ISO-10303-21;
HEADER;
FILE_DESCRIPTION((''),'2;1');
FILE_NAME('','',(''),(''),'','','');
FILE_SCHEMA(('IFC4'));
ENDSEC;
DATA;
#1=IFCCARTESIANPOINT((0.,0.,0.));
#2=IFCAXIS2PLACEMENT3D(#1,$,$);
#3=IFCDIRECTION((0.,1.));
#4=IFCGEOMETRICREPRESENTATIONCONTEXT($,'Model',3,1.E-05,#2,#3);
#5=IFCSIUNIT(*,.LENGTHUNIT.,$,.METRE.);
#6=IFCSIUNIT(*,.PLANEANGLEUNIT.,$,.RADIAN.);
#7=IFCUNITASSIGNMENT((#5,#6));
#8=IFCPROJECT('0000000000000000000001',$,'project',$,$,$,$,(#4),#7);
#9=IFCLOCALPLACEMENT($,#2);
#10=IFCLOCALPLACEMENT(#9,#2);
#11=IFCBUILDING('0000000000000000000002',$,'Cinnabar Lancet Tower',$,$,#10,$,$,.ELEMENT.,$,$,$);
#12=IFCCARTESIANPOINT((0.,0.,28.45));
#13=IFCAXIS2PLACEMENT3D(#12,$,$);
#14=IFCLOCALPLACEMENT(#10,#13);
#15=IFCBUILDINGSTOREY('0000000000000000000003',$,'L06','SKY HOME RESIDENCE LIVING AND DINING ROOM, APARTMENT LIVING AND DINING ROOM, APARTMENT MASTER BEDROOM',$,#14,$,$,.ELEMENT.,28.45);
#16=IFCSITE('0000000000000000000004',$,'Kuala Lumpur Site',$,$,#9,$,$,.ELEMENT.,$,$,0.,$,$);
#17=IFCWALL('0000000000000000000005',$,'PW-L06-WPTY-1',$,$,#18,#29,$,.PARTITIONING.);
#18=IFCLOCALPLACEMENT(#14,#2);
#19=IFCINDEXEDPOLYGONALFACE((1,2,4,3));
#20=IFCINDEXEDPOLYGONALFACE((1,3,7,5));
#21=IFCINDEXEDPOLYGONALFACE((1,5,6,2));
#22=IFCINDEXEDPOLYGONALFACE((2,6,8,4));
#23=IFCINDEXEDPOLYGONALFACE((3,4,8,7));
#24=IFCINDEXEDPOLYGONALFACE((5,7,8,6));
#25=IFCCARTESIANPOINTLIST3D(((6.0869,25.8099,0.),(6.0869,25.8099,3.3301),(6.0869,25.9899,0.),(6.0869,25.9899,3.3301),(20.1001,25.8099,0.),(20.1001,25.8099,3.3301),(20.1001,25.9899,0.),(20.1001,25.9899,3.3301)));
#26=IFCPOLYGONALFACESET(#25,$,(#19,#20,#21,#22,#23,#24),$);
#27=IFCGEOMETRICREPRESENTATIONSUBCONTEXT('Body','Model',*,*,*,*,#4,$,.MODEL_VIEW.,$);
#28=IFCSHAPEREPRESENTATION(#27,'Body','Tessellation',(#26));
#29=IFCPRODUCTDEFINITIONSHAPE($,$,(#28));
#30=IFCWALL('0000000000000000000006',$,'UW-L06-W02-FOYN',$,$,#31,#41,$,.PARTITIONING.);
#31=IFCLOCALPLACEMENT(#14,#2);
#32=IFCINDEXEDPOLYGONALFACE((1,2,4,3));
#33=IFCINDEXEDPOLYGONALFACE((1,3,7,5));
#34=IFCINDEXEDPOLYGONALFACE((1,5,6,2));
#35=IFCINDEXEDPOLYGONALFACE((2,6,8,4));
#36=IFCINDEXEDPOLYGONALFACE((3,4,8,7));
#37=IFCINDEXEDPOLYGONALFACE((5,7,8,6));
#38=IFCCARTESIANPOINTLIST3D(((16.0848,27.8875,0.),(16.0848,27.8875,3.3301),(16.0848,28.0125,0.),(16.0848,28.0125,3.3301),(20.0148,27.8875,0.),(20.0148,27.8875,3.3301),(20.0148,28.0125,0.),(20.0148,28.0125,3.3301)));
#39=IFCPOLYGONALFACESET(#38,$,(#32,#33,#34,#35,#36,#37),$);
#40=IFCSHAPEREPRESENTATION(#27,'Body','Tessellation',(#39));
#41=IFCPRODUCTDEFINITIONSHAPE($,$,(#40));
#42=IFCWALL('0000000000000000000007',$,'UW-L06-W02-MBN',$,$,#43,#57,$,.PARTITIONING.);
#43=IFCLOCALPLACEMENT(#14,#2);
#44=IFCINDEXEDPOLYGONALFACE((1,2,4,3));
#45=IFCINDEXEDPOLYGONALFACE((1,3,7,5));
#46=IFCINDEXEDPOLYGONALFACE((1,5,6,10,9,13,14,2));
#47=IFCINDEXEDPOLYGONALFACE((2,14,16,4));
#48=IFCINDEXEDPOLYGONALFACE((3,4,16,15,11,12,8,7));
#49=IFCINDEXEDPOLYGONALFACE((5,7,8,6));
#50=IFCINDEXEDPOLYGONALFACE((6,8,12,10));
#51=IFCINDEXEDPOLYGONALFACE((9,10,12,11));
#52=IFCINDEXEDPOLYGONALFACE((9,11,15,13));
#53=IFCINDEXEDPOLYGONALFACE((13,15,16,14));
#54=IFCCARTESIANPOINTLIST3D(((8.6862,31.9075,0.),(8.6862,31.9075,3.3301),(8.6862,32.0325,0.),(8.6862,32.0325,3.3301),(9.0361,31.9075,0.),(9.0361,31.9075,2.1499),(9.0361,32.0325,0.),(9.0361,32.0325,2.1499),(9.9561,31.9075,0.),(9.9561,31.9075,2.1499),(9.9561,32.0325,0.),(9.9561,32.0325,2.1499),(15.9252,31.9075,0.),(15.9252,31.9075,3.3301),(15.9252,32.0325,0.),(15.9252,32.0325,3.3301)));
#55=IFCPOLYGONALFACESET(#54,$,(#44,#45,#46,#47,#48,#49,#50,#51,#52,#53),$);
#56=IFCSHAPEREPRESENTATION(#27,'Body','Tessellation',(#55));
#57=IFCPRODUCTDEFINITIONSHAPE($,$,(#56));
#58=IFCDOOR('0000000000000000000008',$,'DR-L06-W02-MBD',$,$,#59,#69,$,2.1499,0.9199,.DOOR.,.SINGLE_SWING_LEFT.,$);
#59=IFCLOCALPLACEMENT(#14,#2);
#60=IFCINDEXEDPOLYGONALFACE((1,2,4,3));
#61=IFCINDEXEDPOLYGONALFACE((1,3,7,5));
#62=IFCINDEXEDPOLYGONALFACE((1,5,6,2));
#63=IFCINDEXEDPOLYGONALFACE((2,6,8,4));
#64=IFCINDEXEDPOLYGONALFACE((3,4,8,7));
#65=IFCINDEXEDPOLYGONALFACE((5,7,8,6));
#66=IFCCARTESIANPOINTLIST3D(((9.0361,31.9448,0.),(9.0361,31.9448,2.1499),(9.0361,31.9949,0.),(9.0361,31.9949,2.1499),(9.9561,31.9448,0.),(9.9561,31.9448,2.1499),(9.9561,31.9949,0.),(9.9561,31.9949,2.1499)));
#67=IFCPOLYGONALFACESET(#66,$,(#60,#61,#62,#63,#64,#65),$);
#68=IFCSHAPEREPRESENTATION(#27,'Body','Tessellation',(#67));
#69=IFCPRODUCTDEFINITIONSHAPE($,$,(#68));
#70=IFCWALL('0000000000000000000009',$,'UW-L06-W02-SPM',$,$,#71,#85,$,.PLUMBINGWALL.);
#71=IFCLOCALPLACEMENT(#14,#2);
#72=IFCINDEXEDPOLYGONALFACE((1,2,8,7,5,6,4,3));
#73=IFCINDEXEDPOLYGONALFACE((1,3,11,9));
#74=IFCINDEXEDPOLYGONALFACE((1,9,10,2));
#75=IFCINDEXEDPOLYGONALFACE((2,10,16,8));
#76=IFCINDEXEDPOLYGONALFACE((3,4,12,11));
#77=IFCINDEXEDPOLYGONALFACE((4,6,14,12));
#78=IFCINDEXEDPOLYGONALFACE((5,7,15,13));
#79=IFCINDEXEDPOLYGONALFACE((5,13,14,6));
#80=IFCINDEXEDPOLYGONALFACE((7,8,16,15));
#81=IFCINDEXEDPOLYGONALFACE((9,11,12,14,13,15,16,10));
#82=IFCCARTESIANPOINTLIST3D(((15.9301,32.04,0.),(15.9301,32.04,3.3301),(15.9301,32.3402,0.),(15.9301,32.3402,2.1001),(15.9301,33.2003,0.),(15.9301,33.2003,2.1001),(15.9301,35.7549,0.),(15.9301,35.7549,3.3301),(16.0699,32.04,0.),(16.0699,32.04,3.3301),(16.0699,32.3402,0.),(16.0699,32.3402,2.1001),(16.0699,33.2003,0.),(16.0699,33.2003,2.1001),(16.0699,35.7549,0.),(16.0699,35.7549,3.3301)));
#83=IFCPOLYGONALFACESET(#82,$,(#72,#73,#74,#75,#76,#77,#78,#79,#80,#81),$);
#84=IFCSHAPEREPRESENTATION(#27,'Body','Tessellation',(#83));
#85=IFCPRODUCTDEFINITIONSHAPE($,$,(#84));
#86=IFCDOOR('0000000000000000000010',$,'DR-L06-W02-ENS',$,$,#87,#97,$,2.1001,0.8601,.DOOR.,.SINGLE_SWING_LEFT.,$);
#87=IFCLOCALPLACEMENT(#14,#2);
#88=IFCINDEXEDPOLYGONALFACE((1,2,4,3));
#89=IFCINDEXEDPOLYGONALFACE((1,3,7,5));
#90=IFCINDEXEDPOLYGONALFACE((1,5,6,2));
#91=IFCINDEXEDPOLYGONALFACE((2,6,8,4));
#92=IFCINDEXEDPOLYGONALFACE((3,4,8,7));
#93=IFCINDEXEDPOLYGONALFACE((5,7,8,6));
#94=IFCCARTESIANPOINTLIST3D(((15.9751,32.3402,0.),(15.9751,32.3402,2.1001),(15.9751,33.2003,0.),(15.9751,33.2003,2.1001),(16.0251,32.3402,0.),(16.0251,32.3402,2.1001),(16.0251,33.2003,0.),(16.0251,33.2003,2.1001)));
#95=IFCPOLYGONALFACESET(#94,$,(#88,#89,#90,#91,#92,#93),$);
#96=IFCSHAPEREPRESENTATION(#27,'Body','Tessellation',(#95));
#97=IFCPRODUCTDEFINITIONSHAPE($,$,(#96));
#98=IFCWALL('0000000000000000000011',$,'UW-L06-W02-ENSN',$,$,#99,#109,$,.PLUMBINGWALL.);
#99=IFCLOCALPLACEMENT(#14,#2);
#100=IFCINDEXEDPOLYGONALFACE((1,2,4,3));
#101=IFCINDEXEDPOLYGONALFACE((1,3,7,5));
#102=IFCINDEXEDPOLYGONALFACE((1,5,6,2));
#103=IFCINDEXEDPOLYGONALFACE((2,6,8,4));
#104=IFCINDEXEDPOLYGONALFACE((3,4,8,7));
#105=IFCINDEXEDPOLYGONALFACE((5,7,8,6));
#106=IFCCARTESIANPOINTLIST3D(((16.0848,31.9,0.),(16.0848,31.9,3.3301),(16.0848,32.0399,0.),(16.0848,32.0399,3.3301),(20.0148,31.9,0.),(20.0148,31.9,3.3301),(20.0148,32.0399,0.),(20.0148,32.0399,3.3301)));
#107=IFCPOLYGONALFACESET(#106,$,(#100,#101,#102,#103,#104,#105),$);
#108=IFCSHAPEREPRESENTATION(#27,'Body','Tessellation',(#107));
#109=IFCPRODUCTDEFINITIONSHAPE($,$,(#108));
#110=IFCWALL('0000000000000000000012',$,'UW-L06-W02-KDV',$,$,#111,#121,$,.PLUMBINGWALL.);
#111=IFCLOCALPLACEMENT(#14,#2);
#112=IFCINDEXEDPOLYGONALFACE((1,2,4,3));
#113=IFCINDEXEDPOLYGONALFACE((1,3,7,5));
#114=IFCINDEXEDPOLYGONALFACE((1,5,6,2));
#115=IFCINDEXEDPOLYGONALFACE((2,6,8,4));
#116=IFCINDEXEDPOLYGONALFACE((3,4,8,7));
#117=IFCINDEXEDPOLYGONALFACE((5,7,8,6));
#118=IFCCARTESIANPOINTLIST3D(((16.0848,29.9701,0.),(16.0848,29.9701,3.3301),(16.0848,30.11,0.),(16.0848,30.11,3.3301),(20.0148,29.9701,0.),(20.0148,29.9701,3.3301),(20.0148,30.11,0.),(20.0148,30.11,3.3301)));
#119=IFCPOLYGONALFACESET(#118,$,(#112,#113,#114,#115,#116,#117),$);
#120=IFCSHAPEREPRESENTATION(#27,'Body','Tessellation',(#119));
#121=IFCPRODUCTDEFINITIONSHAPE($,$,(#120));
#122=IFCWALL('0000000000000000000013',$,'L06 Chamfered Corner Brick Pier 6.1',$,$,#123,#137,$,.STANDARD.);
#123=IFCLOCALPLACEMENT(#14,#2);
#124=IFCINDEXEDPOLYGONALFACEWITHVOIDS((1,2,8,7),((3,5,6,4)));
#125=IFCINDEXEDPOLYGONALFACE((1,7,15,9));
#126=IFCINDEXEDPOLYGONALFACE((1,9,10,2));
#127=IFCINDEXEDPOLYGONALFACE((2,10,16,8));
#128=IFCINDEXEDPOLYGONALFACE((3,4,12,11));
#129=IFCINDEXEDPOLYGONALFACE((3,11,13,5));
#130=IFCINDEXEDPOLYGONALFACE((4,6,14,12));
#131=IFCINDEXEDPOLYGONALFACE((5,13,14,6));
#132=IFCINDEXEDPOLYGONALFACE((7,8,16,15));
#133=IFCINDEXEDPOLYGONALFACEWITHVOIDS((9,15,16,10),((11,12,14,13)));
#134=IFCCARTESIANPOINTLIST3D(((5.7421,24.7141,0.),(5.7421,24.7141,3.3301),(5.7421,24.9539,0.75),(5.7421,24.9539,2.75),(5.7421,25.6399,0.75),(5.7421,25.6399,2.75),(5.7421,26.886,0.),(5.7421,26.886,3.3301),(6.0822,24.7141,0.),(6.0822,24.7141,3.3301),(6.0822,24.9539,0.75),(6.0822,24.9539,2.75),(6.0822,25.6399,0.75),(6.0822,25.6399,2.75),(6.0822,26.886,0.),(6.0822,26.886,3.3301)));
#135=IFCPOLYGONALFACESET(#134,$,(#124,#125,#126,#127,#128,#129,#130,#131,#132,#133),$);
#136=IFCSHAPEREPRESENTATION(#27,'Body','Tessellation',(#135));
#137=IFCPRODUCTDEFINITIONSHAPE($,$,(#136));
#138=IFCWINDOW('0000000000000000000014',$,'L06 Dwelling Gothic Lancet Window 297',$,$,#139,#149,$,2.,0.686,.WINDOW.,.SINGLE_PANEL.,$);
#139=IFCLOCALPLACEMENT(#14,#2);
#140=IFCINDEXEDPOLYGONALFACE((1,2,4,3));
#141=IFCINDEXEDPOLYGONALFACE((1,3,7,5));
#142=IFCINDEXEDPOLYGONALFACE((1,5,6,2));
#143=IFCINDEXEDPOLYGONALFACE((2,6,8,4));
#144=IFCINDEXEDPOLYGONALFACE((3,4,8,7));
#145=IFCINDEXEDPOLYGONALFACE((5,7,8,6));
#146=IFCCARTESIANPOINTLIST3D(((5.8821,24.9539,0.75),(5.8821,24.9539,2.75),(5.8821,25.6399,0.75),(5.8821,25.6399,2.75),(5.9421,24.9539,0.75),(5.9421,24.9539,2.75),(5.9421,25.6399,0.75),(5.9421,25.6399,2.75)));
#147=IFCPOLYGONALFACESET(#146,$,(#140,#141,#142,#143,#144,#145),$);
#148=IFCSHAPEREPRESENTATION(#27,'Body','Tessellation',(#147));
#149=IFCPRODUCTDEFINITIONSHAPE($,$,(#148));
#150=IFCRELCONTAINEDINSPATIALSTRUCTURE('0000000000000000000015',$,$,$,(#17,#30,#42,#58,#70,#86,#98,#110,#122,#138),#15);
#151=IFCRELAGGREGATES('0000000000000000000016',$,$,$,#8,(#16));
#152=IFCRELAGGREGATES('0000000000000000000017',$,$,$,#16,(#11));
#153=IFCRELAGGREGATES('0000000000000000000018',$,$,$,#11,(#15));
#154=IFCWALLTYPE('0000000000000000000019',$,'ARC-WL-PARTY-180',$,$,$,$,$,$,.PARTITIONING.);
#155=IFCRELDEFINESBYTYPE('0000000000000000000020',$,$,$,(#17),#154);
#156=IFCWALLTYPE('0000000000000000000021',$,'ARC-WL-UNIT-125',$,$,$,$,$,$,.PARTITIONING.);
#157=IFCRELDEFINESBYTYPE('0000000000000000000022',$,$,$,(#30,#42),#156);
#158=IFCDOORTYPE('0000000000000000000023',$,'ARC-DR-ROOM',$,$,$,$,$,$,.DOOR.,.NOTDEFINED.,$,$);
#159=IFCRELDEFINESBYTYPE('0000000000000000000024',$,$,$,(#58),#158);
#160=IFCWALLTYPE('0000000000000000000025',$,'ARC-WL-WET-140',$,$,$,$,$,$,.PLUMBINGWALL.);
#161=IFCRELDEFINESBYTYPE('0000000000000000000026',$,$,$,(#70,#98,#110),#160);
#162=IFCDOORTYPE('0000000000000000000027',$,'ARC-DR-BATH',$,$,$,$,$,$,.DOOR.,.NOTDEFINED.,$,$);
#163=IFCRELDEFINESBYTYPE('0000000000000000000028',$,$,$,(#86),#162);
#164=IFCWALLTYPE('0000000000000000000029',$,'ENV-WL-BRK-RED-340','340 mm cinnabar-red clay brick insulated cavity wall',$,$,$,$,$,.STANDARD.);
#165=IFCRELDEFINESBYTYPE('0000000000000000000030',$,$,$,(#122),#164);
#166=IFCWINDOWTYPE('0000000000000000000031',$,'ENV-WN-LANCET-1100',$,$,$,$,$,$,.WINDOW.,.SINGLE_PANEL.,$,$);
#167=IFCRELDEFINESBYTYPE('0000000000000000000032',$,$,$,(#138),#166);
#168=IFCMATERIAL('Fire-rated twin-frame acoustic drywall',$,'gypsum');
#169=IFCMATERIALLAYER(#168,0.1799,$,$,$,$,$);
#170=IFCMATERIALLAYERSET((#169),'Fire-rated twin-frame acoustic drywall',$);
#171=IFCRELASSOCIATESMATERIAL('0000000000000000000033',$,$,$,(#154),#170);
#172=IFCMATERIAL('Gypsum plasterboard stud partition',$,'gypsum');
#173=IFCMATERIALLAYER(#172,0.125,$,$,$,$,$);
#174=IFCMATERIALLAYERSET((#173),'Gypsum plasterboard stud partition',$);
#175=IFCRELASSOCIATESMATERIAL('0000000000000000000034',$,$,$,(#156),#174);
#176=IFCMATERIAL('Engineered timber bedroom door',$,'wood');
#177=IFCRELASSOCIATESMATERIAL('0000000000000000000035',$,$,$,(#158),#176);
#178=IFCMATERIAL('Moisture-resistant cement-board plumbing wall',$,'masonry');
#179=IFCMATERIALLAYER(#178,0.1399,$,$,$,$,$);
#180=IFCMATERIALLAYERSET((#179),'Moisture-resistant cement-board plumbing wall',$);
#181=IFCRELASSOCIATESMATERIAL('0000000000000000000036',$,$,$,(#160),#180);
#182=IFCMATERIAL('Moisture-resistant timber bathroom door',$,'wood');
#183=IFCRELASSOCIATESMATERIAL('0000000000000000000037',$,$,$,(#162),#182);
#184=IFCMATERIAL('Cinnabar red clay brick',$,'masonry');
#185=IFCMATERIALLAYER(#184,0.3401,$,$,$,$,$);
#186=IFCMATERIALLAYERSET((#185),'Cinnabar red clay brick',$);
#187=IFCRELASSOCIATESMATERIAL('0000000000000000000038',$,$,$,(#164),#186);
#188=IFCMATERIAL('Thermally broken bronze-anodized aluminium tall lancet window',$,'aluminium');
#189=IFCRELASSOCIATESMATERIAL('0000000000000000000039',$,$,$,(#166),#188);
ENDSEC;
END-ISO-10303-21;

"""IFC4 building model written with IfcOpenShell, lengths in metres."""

from ifc_helpers import new_model, si_unit, direction, frame, frame_2d, origin, place, context, subcontext, project, spatial, rectangle, extrude, material, layer, layer_set, type_object, element, fill, save


model = new_model("IFC4")

# Units and contexts
model_context = context("Model", 3, precision=1e-05, world=origin(), true_north=direction((0.0, 1.0)))
body_context = subcontext(model_context, "Body", "Model", "MODEL_VIEW")
ifc_project = project(units=[si_unit("LENGTHUNIT", "METRE"), si_unit("PLANEANGLEUNIT", "RADIAN")], contexts=[model_context])

# Site, building, storey
site_placement = place(None, origin())
site = spatial("IfcSite", under=ifc_project, at=site_placement, Name="Kuala Lumpur Site", CompositionType="ELEMENT", RefElevation=0.0)
building_placement = place(site_placement, origin())
building = spatial("IfcBuilding", under=site, at=building_placement, Name="Cinnabar Lancet Tower", CompositionType="ELEMENT")
storey_placement = place(building_placement, frame((0.0, 0.0, 28.45)))
storey = spatial("IfcBuildingStorey", under=building, at=storey_placement, Name="L06", Description="SKY HOME RESIDENCE LIVING AND DINING ROOM, APARTMENT LIVING AND DINING ROOM, APARTMENT MASTER BEDROOM", CompositionType="ELEMENT", Elevation=28.45)

# Walls
ifc_material_1 = material(Name="Fire-rated twin-frame acoustic drywall", Category="gypsum")
ifc_layer_1 = layer(ifc_material_1, 0.1799)
ifc_layer_set_1 = layer_set([ifc_layer_1], Name="Fire-rated twin-frame acoustic drywall")
wall_type_1 = type_object("IfcWallType", Name="ARC-WL-PARTY-180", PredefinedType="PARTITIONING", material=ifc_layer_set_1)
wall_1_placement = place(storey_placement, frame((6.0869, 25.8999, 0.0), z_axis=(0.0, 0.0, 1.0), x_axis=(1.0, 0.0, 0.0)))
element("IfcWall", 1, at=wall_1_placement, inside=storey, type_object=wall_type_1, Name="PW-L06-WPTY-1", PredefinedType="PARTITIONING", context=body_context, shape_type="SweptSolid", body=[
    extrude(rectangle(XDim=14.0132, YDim=0.1799, at=frame_2d((7.0066, 0.0))), origin(), (0.0, 0.0, 1.0), 3.3301),
])
ifc_material_2 = material(Name="Gypsum plasterboard stud partition", Category="gypsum")
ifc_layer_2 = layer(ifc_material_2, 0.125)
ifc_layer_set_2 = layer_set([ifc_layer_2], Name="Gypsum plasterboard stud partition")
wall_type_2 = type_object("IfcWallType", Name="ARC-WL-UNIT-125", PredefinedType="PARTITIONING", material=ifc_layer_set_2)
wall_2_placement = place(storey_placement, frame((16.085, 27.95, 0.0), z_axis=(0.0, 0.0, 1.0), x_axis=(1.0, 0.0, 0.0)))
element("IfcWall", 2, at=wall_2_placement, inside=storey, type_object=wall_type_2, Name="UW-L06-W02-FOYN", PredefinedType="PARTITIONING", context=body_context, shape_type="SweptSolid", body=[
    extrude(rectangle(XDim=3.9299, YDim=0.125, at=frame_2d((1.9648, 0.0))), origin(), (0.0, 0.0, 1.0), 3.3301),
])

# Wall, opening, door
wall_3_placement = place(storey_placement, frame((8.686, 31.97, 0.0), z_axis=(0.0, 0.0, 1.0), x_axis=(1.0, 0.0, 0.0)))
wall_3 = element("IfcWall", 3, at=wall_3_placement, inside=storey, type_object=wall_type_2, Name="UW-L06-W02-MBN", PredefinedType="PARTITIONING", context=body_context, shape_type="SweptSolid", body=[
    extrude(rectangle(XDim=7.239, YDim=0.125, at=frame_2d((3.6196, 0.0))), origin(), (0.0, 0.0, 1.0), 3.3301),
])
opening_1_placement = place(wall_3_placement, frame((0.3501, 0.0, 0.0)))
opening_1 = element("IfcOpeningElement", 4, at=opening_1_placement, cuts=wall_3, PredefinedType="OPENING", context=body_context, shape_type="SweptSolid", body=[
    extrude(rectangle(XDim=0.9199, YDim=2.1499, at=frame_2d((0.46, 1.075))), frame((0.0, 0.0725, 0.0), z_axis=(0.0, -1.0, 0.0), x_axis=(1.0, 0.0, 0.0)), (0.0, 0.0, 1.0), 0.145),
])
ifc_material_3 = material(Name="Engineered timber bedroom door", Category="wood")
door_type_1 = type_object("IfcDoorType", Name="ARC-DR-ROOM", OperationType="NOTDEFINED", PredefinedType="DOOR", material=ifc_material_3)
door_1_placement = place(opening_1_placement, origin())
door_1 = element("IfcDoor", 5, at=door_1_placement, inside=storey, type_object=door_type_1, Name="DR-L06-W02-MBD", OperationType="SINGLE_SWING_LEFT", OverallHeight=2.1499, OverallWidth=0.9199, PredefinedType="DOOR", context=body_context, shape_type="SweptSolid", body=[
    extrude(rectangle(XDim=0.9199, YDim=2.1499, at=frame_2d((0.46, 1.075))), frame((0.0, 0.0249, 0.0), z_axis=(0.0, -1.0, 0.0), x_axis=(1.0, 0.0, 0.0)), (0.0, 0.0, 1.0), 0.05),
])
fill(opening_1, door_1)

# Shared definitions
ifc_material_4 = material(Name="Moisture-resistant cement-board plumbing wall", Category="masonry")
ifc_layer_3 = layer(ifc_material_4, 0.1399)
ifc_layer_set_3 = layer_set([ifc_layer_3], Name="Moisture-resistant cement-board plumbing wall")
wall_type_3 = type_object("IfcWallType", Name="ARC-WL-WET-140", PredefinedType="PLUMBINGWALL", material=ifc_layer_set_3)
ifc_material_5 = material(Name="Moisture-resistant timber bathroom door", Category="wood")
door_type_2 = type_object("IfcDoorType", Name="ARC-DR-BATH", OperationType="NOTDEFINED", PredefinedType="DOOR", material=ifc_material_5)

# Wall, opening, door
wall_4_placement = place(storey_placement, frame((16.0, 32.04, 0.0), z_axis=(0.0, 0.0, 1.0), x_axis=(0.0, 1.0, 0.0)))
wall_4 = element("IfcWall", 6, at=wall_4_placement, inside=storey, type_object=wall_type_3, Name="UW-L06-W02-SPM", PredefinedType="PLUMBINGWALL", context=body_context, shape_type="SweptSolid", body=[
    extrude(rectangle(XDim=3.7148, YDim=0.1399, at=frame_2d((1.8574, 0.0))), origin(), (0.0, 0.0, 1.0), 3.3301),
])
opening_2_placement = place(wall_4_placement, frame((0.3, 0.0, 0.0)))
opening_2 = element("IfcOpeningElement", 7, at=opening_2_placement, cuts=wall_4, PredefinedType="OPENING", context=body_context, shape_type="SweptSolid", body=[
    extrude(rectangle(XDim=0.8601, YDim=2.1001, at=frame_2d((0.4302, 1.05))), frame((0.0, 0.0798, 0.0), z_axis=(0.0, -1.0, 0.0), x_axis=(1.0, 0.0, 0.0)), (0.0, 0.0, 1.0), 0.1599),
])
door_2_placement = place(opening_2_placement, origin())
door_2 = element("IfcDoor", 8, at=door_2_placement, inside=storey, type_object=door_type_2, Name="DR-L06-W02-ENS", OperationType="SINGLE_SWING_LEFT", OverallHeight=2.1001, OverallWidth=0.8601, PredefinedType="DOOR", context=body_context, shape_type="SweptSolid", body=[
    extrude(rectangle(XDim=0.8601, YDim=2.1001, at=frame_2d((0.4302, 1.05))), frame((0.0, 0.0249, 0.0), z_axis=(0.0, -1.0, 0.0), x_axis=(1.0, 0.0, 0.0)), (0.0, 0.0, 1.0), 0.05),
])
fill(opening_2, door_2)

# Walls
for number, where, z_axis, x_axis, name in (
    (9, (16.085, 31.97, 0.0), (0.0, 0.0, 1.0), (1.0, 0.0, 0.0), "UW-L06-W02-ENSN"),
    (10, (16.085, 30.04, 0.0), (0.0, 0.0, 1.0), (1.0, 0.0, 0.0), "UW-L06-W02-KDV"),
):
    element("IfcWall", number, at=place(storey_placement, frame(where, z_axis=z_axis, x_axis=x_axis)), inside=storey, type_object=wall_type_3, Name=name, PredefinedType="PLUMBINGWALL", context=body_context, shape_type="SweptSolid", body=[
        extrude(rectangle(XDim=3.9299, YDim=0.1399, at=frame_2d((1.9648, 0.0))), origin(), (0.0, 0.0, 1.0), 3.3301),
    ])

# Wall, opening, window
ifc_material_6 = material(Name="Cinnabar red clay brick", Category="masonry")
ifc_layer_4 = layer(ifc_material_6, 0.3401)
ifc_layer_set_4 = layer_set([ifc_layer_4], Name="Cinnabar red clay brick")
wall_type_4 = type_object("IfcWallType", Name="ENV-WL-BRK-RED-340", Description="340 mm cinnabar-red clay brick insulated cavity wall", PredefinedType="STANDARD", material=ifc_layer_set_4)
wall_5_placement = place(storey_placement, frame((5.9121, 26.886, 0.0), z_axis=(0.0, 0.0, 1.0), x_axis=(0.0, -1.0, 0.0)))
wall_5 = element("IfcWall", 11, at=wall_5_placement, inside=storey, type_object=wall_type_4, Name="L06 Chamfered Corner Brick Pier 6.1", PredefinedType="STANDARD", context=body_context, shape_type="SweptSolid", body=[
    extrude(rectangle(XDim=2.1719, YDim=0.3401, at=frame_2d((1.0859, 0.0))), origin(), (0.0, 0.0, 1.0), 3.3301),
])
opening_3_placement = place(wall_5_placement, frame((1.2461, 0.0, 0.75)))
opening_3 = element("IfcOpeningElement", 12, at=opening_3_placement, cuts=wall_5, PredefinedType="OPENING", context=body_context, shape_type="SweptSolid", body=[
    extrude(rectangle(XDim=0.686, YDim=2.0, at=frame_2d((0.343, 1.0))), frame((0.0, 0.1799, 0.0), z_axis=(0.0, -1.0, 0.0), x_axis=(1.0, 0.0, 0.0)), (0.0, 0.0, 1.0), 0.3601),
])
ifc_material_7 = material(Name="Thermally broken bronze-anodized aluminium tall lancet window", Category="aluminium")
window_type = type_object("IfcWindowType", Name="ENV-WN-LANCET-1100", PartitioningType="SINGLE_PANEL", PredefinedType="WINDOW", material=ifc_material_7)
window_1_placement = place(opening_3_placement, origin())
window_1 = element("IfcWindow", 13, at=window_1_placement, inside=storey, type_object=window_type, Name="L06 Dwelling Gothic Lancet Window 297", OverallHeight=2.0, OverallWidth=0.686, PartitioningType="SINGLE_PANEL", PredefinedType="WINDOW", context=body_context, shape_type="SweptSolid", body=[
    extrude(rectangle(XDim=0.686, YDim=2.0, at=frame_2d((0.343, 1.0))), frame((0.0, 0.03, 0.0), z_axis=(0.0, -1.0, 0.0), x_axis=(1.0, 0.0, 0.0)), (0.0, 0.0, 1.0), 0.0601),
])
fill(opening_3, window_1)

save(model, "model.ifc")
